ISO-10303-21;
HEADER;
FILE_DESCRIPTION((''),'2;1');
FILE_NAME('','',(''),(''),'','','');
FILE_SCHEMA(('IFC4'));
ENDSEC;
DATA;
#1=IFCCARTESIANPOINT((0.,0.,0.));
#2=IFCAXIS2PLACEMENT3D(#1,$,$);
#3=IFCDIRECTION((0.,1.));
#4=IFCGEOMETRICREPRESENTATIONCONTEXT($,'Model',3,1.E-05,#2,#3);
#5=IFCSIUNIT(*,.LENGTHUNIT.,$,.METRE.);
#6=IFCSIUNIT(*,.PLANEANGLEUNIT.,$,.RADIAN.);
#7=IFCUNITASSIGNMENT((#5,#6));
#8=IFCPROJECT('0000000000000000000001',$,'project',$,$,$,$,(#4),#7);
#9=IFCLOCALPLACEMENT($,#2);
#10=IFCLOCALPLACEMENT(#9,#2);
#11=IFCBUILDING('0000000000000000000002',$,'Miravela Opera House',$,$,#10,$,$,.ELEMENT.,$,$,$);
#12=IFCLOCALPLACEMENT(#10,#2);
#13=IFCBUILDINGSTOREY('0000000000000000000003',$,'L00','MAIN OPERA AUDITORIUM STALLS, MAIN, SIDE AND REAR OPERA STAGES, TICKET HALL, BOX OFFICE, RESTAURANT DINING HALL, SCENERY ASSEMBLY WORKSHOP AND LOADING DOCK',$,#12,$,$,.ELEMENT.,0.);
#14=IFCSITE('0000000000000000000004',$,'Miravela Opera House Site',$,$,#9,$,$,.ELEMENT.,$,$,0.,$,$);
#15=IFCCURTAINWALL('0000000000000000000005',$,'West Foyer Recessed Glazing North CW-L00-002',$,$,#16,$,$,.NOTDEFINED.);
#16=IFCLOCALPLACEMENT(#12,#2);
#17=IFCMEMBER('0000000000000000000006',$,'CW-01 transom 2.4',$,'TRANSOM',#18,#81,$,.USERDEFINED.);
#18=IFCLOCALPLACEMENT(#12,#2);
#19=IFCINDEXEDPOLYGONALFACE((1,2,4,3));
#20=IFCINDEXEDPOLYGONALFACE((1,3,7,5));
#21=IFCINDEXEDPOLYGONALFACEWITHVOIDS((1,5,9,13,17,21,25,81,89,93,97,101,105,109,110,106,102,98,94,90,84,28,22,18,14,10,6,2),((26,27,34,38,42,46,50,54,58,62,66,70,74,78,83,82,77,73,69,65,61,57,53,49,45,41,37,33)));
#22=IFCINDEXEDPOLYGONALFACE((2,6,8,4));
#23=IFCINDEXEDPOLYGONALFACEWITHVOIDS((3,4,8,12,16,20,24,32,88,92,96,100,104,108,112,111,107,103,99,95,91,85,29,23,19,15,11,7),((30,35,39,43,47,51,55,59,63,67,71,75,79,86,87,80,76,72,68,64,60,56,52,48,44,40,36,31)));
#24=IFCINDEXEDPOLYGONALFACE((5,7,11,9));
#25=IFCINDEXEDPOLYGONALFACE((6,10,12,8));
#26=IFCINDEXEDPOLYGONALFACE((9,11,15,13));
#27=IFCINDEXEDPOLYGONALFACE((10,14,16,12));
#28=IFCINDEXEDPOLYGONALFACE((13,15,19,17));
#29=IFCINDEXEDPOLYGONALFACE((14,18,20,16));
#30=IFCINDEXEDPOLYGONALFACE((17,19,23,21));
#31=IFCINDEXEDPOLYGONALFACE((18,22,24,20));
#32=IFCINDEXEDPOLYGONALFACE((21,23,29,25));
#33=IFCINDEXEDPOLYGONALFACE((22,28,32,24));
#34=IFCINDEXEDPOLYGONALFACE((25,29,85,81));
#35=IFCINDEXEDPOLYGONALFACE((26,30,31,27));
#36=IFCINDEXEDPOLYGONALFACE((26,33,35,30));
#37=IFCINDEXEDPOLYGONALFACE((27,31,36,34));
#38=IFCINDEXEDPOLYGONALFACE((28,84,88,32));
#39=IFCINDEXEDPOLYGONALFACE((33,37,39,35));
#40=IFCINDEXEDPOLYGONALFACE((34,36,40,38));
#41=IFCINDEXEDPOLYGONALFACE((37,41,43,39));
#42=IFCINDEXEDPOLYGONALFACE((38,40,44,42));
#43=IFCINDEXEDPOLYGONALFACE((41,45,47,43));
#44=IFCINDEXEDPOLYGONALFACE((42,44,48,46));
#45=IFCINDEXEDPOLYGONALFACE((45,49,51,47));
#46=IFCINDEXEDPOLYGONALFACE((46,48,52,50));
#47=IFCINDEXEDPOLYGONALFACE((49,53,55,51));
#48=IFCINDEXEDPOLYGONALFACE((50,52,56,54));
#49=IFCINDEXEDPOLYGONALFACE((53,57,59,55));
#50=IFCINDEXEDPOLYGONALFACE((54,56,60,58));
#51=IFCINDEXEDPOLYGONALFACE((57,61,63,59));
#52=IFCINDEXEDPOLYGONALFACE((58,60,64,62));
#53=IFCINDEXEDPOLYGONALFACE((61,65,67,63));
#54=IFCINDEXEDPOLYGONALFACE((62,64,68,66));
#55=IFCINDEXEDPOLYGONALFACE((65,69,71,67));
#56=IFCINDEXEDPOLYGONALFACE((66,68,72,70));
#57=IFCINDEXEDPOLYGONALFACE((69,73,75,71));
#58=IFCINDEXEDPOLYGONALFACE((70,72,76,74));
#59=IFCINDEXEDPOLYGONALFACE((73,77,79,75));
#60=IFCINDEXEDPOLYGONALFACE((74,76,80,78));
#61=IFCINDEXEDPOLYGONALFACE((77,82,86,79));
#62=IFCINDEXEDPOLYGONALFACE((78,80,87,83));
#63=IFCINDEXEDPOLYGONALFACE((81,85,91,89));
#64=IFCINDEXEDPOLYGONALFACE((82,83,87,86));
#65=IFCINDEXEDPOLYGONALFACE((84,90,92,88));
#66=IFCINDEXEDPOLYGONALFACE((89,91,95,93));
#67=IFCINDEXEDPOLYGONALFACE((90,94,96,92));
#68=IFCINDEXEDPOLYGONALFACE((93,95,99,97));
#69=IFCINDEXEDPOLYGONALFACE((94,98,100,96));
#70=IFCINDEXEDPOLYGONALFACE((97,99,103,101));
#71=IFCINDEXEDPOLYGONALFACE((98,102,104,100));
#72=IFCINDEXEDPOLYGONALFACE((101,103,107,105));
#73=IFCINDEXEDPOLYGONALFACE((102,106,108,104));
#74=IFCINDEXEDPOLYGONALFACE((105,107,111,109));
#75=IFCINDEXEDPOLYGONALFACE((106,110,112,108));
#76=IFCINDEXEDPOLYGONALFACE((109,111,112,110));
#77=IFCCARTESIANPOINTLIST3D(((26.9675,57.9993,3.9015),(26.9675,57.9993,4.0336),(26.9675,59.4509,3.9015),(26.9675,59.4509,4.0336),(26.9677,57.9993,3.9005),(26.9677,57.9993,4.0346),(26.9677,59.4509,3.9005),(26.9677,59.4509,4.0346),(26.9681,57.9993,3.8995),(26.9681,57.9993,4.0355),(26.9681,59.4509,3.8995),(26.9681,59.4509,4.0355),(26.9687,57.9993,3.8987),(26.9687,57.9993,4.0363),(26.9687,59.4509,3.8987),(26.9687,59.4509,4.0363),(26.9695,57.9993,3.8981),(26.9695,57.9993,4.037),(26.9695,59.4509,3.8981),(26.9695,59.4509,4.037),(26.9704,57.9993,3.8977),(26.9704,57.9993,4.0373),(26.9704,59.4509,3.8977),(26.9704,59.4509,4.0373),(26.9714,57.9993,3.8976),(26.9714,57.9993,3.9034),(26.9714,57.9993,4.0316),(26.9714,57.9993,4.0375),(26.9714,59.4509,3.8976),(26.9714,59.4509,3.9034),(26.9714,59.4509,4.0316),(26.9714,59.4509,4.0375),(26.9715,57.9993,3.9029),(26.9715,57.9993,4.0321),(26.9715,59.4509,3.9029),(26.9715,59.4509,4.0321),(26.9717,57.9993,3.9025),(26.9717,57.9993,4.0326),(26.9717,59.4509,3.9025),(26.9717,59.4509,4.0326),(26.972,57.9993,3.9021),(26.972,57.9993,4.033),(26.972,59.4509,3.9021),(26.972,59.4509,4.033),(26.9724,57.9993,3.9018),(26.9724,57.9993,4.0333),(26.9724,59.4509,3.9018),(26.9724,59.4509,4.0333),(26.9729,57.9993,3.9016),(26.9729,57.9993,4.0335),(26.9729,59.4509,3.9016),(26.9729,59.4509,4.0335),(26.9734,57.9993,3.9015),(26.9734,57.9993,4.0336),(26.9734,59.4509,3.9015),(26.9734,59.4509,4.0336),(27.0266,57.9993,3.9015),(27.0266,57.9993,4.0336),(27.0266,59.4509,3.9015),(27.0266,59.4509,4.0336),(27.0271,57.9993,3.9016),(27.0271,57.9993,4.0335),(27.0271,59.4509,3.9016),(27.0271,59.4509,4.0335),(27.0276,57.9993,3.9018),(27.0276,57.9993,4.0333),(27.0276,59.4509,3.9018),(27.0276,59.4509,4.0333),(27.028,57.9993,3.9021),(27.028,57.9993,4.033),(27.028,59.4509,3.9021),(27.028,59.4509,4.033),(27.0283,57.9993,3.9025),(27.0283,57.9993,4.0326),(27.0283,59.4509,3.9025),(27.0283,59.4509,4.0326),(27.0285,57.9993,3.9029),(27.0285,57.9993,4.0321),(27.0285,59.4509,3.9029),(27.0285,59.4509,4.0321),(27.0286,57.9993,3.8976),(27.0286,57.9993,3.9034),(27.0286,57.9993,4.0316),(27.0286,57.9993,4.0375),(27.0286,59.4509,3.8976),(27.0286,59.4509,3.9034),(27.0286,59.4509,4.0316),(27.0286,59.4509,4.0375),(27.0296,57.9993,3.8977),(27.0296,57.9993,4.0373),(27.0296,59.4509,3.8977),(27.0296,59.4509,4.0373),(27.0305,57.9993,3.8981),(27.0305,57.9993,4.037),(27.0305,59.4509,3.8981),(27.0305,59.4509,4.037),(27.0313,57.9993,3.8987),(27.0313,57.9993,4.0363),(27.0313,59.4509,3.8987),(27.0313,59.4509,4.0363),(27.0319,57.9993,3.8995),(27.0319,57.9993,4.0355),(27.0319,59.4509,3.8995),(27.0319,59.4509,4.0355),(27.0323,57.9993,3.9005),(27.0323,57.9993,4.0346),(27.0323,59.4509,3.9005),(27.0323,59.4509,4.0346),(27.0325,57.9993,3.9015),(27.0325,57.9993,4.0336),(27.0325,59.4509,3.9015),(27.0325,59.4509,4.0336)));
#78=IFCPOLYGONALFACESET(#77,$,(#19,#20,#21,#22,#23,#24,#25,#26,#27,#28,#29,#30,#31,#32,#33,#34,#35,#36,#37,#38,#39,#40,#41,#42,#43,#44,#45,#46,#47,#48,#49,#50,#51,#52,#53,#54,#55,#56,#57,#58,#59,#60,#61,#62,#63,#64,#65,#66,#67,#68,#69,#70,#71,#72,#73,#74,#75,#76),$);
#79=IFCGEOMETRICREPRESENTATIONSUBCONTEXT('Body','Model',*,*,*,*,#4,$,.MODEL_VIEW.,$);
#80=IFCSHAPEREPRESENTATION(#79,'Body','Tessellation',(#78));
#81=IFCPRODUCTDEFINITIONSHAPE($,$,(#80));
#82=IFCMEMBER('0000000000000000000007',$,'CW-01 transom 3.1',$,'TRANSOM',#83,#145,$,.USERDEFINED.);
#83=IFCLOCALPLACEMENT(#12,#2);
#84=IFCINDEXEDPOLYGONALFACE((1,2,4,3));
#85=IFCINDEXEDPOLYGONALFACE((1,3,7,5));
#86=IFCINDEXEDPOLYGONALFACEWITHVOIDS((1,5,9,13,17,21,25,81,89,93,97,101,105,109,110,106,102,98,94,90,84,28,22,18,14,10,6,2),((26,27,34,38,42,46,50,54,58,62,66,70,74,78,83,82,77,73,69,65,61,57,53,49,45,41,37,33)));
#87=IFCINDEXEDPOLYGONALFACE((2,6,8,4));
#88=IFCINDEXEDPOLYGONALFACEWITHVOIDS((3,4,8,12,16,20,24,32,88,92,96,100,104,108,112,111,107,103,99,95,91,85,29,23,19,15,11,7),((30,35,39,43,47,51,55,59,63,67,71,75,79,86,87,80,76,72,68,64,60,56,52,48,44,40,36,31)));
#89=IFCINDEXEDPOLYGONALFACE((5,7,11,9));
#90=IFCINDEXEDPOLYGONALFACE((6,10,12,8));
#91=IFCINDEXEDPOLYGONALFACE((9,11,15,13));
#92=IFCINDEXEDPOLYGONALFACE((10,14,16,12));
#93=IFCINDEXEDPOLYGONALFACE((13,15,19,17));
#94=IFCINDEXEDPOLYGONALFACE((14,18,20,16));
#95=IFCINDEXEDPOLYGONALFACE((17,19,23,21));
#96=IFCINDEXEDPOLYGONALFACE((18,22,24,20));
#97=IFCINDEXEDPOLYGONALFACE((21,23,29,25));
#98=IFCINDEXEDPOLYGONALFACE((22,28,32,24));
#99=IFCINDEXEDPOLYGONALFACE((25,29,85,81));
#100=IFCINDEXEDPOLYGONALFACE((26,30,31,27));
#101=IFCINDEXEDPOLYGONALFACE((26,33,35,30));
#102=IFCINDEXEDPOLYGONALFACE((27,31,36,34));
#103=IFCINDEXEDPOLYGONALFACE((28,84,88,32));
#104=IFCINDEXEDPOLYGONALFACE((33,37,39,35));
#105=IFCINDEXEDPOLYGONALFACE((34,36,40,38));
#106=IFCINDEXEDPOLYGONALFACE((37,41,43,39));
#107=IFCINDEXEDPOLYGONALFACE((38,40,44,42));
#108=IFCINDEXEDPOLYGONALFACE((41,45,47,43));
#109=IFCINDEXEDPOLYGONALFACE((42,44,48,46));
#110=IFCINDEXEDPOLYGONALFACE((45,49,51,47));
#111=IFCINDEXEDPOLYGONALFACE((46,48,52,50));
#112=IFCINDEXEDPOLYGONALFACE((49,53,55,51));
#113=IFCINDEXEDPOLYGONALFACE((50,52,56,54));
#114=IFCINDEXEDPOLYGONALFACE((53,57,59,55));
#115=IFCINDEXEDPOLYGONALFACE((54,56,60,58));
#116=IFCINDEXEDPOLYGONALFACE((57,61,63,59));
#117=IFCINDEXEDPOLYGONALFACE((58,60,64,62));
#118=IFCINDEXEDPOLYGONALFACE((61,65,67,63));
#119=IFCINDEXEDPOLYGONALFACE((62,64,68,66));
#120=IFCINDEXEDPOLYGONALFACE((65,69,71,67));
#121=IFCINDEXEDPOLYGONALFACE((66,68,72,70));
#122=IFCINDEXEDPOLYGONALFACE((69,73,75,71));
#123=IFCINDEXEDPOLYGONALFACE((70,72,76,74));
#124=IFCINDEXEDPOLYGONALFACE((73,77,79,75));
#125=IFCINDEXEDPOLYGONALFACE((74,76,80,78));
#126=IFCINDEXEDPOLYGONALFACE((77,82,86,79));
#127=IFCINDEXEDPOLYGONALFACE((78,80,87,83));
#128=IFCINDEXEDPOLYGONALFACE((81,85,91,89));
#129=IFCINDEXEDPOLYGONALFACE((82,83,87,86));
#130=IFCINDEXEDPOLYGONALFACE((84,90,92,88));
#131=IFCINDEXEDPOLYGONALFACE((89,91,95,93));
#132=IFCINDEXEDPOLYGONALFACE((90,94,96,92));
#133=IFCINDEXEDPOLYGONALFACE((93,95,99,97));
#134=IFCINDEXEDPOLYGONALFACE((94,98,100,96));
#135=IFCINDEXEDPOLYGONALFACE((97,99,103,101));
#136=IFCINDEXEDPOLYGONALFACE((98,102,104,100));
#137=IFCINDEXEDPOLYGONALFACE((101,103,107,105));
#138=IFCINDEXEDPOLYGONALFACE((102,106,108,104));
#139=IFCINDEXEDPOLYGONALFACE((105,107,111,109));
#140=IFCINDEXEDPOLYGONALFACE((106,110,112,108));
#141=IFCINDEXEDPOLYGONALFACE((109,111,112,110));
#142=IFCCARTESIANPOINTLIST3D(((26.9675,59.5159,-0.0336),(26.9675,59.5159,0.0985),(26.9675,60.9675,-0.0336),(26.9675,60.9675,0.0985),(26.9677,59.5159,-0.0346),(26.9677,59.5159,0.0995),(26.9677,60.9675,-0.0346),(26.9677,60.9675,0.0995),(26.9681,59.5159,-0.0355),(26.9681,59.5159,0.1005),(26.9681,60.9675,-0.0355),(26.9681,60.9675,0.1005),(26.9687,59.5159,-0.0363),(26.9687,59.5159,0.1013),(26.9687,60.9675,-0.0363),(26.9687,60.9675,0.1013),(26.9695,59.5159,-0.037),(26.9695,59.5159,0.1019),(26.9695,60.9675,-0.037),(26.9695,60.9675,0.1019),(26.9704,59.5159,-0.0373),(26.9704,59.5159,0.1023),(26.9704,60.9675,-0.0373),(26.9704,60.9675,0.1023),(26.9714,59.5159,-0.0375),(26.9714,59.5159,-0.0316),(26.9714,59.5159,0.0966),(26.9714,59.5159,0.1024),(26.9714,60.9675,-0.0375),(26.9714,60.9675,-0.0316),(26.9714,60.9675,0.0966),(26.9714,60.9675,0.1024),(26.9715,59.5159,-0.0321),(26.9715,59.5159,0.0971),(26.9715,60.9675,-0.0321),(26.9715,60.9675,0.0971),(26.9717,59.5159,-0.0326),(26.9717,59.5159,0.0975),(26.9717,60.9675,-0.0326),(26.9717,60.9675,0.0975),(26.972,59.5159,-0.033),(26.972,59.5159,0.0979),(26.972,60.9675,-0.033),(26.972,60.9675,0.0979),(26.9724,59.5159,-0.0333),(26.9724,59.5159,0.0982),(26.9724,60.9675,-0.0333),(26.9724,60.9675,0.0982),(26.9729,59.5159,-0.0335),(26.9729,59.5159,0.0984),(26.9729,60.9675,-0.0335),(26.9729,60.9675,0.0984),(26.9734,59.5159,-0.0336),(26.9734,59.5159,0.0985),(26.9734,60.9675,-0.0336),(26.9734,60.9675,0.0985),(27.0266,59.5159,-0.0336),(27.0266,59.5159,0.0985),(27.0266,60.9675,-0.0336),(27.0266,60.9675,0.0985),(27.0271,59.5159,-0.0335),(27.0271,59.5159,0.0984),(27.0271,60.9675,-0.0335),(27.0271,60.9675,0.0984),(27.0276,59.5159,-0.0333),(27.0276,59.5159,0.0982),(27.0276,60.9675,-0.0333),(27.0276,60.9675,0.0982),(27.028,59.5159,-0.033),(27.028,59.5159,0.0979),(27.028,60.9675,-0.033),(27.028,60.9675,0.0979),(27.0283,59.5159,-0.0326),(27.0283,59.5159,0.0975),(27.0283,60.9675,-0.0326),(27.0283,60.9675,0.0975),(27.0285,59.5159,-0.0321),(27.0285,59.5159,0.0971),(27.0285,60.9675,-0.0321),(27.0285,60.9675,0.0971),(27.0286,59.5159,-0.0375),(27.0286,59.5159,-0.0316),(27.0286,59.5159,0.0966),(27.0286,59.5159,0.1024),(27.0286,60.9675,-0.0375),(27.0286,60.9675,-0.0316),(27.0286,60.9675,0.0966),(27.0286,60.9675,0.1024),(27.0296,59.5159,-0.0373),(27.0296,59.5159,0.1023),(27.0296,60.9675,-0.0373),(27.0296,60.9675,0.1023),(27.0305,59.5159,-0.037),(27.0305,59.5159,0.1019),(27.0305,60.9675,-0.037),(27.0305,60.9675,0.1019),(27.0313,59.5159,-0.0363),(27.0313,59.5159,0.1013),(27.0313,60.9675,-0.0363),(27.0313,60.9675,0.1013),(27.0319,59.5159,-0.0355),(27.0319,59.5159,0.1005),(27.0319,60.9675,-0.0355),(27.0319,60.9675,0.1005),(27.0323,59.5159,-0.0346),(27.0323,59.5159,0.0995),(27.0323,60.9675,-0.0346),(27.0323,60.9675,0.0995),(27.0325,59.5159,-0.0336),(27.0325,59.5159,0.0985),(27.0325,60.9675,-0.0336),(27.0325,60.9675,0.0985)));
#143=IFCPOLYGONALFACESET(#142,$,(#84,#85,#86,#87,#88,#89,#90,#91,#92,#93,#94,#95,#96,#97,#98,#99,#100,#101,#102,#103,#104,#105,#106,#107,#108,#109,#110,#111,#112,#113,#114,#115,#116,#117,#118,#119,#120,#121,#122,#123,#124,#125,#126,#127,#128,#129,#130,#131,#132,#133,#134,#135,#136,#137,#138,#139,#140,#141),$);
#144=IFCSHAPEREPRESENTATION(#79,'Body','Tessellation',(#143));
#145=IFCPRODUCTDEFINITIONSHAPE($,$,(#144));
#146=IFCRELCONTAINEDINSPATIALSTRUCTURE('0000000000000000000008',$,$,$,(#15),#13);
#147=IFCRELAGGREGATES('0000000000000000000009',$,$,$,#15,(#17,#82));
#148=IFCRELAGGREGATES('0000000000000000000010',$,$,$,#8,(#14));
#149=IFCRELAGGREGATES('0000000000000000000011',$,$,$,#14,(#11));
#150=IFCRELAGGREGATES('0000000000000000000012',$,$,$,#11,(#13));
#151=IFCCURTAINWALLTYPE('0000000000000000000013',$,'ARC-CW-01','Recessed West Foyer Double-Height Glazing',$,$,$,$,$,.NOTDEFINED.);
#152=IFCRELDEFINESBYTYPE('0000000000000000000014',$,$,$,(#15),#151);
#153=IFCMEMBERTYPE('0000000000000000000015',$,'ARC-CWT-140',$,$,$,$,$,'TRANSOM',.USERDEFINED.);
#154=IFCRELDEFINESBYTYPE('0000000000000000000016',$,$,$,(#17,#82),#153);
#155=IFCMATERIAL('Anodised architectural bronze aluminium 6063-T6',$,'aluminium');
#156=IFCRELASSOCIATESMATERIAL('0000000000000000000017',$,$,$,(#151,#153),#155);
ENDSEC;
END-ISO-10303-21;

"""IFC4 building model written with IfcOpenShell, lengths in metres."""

from ifc_helpers import new_model, si_unit, direction, frame, origin, origin_2d, place, context, subcontext, project, spatial, hollow_rectangle, extrude, material, material_profile, profile_set, type_object, element, aggregate, save


model = new_model("IFC4")

# Units and contexts
model_context = context("Model", 3, precision=1e-05, world=origin(), true_north=direction((0.0, 1.0)))
body_context = subcontext(model_context, "Body", "Model", "MODEL_VIEW")
ifc_project = project(units=[si_unit("LENGTHUNIT", "METRE"), si_unit("PLANEANGLEUNIT", "RADIAN")], contexts=[model_context])

# Site, building, storey
site_placement = place(None, origin())
site = spatial("IfcSite", under=ifc_project, at=site_placement, Name="Miravela Opera House Site", CompositionType="ELEMENT", RefElevation=0.0)
building_placement = place(site_placement, origin())
building = spatial("IfcBuilding", under=site, at=building_placement, Name="Miravela Opera House", CompositionType="ELEMENT")
storey_placement = place(building_placement, origin())
storey = spatial("IfcBuildingStorey", under=building, at=storey_placement, Name="L00", Description="MAIN OPERA AUDITORIUM STALLS, MAIN, SIDE AND REAR OPERA STAGES, TICKET HALL, BOX OFFICE, RESTAURANT DINING HALL, SCENERY ASSEMBLY WORKSHOP AND LOADING DOCK", CompositionType="ELEMENT", Elevation=0.0)

# Curtain wall, members
ifc_material_1 = material(Name="Anodised architectural bronze aluminium 6063-T6", Category="aluminium")
curtain_wall_type = type_object("IfcCurtainWallType", Name="ARC-CW-01", Description="Recessed West Foyer Double-Height Glazing", PredefinedType="NOTDEFINED", material=ifc_material_1)
curtain_wall_placement = place(storey_placement, origin())
curtain_wall = element("IfcCurtainWall", 1, at=curtain_wall_placement, inside=storey, type_object=curtain_wall_type, Name="West Foyer Recessed Glazing North CW-L00-002", PredefinedType="NOTDEFINED")
ifc_material_profile_1 = material_profile(ifc_material_1, hollow_rectangle(XDim=0.0649, YDim=0.1399, WallThickness=0.0039, InnerFilletRadius=0.002, OuterFilletRadius=0.0039, at=origin_2d()), Name="CWT-65X140")
ifc_profile_set_1 = profile_set([ifc_material_profile_1])
member_type_1 = type_object("IfcMemberType", Name="ARC-CWT-140", ElementType="TRANSOM", PredefinedType="USERDEFINED", material=ifc_profile_set_1)
member_1_placement = place(storey_placement, frame((27.0, 57.9993, 3.9675), z_axis=(0.0, 1.0, 0.0), x_axis=(-1.0, 0.0, 0.0)))
member_1 = element("IfcMember", 2, at=member_1_placement, type_object=member_type_1, Name="CW-01 transom 2.4", ObjectType="TRANSOM", PredefinedType="USERDEFINED", context=body_context, shape_type="SweptSolid", body=[
    extrude(hollow_rectangle(XDim=0.0649, YDim=0.1399, WallThickness=0.0039, InnerFilletRadius=0.002, OuterFilletRadius=0.0039, at=origin_2d()), origin(), (0.0, 0.0, 1.0), 1.4517),
])
member_2_placement = place(storey_placement, frame((27.0, 59.5159, 0.0325), z_axis=(0.0, 1.0, 0.0), x_axis=(-1.0, 0.0, 0.0)))
member_2 = element("IfcMember", 3, at=member_2_placement, type_object=member_type_1, Name="CW-01 transom 3.1", ObjectType="TRANSOM", PredefinedType="USERDEFINED", context=body_context, shape_type="SweptSolid", body=[
    extrude(hollow_rectangle(XDim=0.0649, YDim=0.1399, WallThickness=0.0039, InnerFilletRadius=0.002, OuterFilletRadius=0.0039, at=origin_2d()), origin(), (0.0, 0.0, 1.0), 1.4517),
])

aggregate(curtain_wall, [member_1, member_2])

save(model, "model.ifc")
